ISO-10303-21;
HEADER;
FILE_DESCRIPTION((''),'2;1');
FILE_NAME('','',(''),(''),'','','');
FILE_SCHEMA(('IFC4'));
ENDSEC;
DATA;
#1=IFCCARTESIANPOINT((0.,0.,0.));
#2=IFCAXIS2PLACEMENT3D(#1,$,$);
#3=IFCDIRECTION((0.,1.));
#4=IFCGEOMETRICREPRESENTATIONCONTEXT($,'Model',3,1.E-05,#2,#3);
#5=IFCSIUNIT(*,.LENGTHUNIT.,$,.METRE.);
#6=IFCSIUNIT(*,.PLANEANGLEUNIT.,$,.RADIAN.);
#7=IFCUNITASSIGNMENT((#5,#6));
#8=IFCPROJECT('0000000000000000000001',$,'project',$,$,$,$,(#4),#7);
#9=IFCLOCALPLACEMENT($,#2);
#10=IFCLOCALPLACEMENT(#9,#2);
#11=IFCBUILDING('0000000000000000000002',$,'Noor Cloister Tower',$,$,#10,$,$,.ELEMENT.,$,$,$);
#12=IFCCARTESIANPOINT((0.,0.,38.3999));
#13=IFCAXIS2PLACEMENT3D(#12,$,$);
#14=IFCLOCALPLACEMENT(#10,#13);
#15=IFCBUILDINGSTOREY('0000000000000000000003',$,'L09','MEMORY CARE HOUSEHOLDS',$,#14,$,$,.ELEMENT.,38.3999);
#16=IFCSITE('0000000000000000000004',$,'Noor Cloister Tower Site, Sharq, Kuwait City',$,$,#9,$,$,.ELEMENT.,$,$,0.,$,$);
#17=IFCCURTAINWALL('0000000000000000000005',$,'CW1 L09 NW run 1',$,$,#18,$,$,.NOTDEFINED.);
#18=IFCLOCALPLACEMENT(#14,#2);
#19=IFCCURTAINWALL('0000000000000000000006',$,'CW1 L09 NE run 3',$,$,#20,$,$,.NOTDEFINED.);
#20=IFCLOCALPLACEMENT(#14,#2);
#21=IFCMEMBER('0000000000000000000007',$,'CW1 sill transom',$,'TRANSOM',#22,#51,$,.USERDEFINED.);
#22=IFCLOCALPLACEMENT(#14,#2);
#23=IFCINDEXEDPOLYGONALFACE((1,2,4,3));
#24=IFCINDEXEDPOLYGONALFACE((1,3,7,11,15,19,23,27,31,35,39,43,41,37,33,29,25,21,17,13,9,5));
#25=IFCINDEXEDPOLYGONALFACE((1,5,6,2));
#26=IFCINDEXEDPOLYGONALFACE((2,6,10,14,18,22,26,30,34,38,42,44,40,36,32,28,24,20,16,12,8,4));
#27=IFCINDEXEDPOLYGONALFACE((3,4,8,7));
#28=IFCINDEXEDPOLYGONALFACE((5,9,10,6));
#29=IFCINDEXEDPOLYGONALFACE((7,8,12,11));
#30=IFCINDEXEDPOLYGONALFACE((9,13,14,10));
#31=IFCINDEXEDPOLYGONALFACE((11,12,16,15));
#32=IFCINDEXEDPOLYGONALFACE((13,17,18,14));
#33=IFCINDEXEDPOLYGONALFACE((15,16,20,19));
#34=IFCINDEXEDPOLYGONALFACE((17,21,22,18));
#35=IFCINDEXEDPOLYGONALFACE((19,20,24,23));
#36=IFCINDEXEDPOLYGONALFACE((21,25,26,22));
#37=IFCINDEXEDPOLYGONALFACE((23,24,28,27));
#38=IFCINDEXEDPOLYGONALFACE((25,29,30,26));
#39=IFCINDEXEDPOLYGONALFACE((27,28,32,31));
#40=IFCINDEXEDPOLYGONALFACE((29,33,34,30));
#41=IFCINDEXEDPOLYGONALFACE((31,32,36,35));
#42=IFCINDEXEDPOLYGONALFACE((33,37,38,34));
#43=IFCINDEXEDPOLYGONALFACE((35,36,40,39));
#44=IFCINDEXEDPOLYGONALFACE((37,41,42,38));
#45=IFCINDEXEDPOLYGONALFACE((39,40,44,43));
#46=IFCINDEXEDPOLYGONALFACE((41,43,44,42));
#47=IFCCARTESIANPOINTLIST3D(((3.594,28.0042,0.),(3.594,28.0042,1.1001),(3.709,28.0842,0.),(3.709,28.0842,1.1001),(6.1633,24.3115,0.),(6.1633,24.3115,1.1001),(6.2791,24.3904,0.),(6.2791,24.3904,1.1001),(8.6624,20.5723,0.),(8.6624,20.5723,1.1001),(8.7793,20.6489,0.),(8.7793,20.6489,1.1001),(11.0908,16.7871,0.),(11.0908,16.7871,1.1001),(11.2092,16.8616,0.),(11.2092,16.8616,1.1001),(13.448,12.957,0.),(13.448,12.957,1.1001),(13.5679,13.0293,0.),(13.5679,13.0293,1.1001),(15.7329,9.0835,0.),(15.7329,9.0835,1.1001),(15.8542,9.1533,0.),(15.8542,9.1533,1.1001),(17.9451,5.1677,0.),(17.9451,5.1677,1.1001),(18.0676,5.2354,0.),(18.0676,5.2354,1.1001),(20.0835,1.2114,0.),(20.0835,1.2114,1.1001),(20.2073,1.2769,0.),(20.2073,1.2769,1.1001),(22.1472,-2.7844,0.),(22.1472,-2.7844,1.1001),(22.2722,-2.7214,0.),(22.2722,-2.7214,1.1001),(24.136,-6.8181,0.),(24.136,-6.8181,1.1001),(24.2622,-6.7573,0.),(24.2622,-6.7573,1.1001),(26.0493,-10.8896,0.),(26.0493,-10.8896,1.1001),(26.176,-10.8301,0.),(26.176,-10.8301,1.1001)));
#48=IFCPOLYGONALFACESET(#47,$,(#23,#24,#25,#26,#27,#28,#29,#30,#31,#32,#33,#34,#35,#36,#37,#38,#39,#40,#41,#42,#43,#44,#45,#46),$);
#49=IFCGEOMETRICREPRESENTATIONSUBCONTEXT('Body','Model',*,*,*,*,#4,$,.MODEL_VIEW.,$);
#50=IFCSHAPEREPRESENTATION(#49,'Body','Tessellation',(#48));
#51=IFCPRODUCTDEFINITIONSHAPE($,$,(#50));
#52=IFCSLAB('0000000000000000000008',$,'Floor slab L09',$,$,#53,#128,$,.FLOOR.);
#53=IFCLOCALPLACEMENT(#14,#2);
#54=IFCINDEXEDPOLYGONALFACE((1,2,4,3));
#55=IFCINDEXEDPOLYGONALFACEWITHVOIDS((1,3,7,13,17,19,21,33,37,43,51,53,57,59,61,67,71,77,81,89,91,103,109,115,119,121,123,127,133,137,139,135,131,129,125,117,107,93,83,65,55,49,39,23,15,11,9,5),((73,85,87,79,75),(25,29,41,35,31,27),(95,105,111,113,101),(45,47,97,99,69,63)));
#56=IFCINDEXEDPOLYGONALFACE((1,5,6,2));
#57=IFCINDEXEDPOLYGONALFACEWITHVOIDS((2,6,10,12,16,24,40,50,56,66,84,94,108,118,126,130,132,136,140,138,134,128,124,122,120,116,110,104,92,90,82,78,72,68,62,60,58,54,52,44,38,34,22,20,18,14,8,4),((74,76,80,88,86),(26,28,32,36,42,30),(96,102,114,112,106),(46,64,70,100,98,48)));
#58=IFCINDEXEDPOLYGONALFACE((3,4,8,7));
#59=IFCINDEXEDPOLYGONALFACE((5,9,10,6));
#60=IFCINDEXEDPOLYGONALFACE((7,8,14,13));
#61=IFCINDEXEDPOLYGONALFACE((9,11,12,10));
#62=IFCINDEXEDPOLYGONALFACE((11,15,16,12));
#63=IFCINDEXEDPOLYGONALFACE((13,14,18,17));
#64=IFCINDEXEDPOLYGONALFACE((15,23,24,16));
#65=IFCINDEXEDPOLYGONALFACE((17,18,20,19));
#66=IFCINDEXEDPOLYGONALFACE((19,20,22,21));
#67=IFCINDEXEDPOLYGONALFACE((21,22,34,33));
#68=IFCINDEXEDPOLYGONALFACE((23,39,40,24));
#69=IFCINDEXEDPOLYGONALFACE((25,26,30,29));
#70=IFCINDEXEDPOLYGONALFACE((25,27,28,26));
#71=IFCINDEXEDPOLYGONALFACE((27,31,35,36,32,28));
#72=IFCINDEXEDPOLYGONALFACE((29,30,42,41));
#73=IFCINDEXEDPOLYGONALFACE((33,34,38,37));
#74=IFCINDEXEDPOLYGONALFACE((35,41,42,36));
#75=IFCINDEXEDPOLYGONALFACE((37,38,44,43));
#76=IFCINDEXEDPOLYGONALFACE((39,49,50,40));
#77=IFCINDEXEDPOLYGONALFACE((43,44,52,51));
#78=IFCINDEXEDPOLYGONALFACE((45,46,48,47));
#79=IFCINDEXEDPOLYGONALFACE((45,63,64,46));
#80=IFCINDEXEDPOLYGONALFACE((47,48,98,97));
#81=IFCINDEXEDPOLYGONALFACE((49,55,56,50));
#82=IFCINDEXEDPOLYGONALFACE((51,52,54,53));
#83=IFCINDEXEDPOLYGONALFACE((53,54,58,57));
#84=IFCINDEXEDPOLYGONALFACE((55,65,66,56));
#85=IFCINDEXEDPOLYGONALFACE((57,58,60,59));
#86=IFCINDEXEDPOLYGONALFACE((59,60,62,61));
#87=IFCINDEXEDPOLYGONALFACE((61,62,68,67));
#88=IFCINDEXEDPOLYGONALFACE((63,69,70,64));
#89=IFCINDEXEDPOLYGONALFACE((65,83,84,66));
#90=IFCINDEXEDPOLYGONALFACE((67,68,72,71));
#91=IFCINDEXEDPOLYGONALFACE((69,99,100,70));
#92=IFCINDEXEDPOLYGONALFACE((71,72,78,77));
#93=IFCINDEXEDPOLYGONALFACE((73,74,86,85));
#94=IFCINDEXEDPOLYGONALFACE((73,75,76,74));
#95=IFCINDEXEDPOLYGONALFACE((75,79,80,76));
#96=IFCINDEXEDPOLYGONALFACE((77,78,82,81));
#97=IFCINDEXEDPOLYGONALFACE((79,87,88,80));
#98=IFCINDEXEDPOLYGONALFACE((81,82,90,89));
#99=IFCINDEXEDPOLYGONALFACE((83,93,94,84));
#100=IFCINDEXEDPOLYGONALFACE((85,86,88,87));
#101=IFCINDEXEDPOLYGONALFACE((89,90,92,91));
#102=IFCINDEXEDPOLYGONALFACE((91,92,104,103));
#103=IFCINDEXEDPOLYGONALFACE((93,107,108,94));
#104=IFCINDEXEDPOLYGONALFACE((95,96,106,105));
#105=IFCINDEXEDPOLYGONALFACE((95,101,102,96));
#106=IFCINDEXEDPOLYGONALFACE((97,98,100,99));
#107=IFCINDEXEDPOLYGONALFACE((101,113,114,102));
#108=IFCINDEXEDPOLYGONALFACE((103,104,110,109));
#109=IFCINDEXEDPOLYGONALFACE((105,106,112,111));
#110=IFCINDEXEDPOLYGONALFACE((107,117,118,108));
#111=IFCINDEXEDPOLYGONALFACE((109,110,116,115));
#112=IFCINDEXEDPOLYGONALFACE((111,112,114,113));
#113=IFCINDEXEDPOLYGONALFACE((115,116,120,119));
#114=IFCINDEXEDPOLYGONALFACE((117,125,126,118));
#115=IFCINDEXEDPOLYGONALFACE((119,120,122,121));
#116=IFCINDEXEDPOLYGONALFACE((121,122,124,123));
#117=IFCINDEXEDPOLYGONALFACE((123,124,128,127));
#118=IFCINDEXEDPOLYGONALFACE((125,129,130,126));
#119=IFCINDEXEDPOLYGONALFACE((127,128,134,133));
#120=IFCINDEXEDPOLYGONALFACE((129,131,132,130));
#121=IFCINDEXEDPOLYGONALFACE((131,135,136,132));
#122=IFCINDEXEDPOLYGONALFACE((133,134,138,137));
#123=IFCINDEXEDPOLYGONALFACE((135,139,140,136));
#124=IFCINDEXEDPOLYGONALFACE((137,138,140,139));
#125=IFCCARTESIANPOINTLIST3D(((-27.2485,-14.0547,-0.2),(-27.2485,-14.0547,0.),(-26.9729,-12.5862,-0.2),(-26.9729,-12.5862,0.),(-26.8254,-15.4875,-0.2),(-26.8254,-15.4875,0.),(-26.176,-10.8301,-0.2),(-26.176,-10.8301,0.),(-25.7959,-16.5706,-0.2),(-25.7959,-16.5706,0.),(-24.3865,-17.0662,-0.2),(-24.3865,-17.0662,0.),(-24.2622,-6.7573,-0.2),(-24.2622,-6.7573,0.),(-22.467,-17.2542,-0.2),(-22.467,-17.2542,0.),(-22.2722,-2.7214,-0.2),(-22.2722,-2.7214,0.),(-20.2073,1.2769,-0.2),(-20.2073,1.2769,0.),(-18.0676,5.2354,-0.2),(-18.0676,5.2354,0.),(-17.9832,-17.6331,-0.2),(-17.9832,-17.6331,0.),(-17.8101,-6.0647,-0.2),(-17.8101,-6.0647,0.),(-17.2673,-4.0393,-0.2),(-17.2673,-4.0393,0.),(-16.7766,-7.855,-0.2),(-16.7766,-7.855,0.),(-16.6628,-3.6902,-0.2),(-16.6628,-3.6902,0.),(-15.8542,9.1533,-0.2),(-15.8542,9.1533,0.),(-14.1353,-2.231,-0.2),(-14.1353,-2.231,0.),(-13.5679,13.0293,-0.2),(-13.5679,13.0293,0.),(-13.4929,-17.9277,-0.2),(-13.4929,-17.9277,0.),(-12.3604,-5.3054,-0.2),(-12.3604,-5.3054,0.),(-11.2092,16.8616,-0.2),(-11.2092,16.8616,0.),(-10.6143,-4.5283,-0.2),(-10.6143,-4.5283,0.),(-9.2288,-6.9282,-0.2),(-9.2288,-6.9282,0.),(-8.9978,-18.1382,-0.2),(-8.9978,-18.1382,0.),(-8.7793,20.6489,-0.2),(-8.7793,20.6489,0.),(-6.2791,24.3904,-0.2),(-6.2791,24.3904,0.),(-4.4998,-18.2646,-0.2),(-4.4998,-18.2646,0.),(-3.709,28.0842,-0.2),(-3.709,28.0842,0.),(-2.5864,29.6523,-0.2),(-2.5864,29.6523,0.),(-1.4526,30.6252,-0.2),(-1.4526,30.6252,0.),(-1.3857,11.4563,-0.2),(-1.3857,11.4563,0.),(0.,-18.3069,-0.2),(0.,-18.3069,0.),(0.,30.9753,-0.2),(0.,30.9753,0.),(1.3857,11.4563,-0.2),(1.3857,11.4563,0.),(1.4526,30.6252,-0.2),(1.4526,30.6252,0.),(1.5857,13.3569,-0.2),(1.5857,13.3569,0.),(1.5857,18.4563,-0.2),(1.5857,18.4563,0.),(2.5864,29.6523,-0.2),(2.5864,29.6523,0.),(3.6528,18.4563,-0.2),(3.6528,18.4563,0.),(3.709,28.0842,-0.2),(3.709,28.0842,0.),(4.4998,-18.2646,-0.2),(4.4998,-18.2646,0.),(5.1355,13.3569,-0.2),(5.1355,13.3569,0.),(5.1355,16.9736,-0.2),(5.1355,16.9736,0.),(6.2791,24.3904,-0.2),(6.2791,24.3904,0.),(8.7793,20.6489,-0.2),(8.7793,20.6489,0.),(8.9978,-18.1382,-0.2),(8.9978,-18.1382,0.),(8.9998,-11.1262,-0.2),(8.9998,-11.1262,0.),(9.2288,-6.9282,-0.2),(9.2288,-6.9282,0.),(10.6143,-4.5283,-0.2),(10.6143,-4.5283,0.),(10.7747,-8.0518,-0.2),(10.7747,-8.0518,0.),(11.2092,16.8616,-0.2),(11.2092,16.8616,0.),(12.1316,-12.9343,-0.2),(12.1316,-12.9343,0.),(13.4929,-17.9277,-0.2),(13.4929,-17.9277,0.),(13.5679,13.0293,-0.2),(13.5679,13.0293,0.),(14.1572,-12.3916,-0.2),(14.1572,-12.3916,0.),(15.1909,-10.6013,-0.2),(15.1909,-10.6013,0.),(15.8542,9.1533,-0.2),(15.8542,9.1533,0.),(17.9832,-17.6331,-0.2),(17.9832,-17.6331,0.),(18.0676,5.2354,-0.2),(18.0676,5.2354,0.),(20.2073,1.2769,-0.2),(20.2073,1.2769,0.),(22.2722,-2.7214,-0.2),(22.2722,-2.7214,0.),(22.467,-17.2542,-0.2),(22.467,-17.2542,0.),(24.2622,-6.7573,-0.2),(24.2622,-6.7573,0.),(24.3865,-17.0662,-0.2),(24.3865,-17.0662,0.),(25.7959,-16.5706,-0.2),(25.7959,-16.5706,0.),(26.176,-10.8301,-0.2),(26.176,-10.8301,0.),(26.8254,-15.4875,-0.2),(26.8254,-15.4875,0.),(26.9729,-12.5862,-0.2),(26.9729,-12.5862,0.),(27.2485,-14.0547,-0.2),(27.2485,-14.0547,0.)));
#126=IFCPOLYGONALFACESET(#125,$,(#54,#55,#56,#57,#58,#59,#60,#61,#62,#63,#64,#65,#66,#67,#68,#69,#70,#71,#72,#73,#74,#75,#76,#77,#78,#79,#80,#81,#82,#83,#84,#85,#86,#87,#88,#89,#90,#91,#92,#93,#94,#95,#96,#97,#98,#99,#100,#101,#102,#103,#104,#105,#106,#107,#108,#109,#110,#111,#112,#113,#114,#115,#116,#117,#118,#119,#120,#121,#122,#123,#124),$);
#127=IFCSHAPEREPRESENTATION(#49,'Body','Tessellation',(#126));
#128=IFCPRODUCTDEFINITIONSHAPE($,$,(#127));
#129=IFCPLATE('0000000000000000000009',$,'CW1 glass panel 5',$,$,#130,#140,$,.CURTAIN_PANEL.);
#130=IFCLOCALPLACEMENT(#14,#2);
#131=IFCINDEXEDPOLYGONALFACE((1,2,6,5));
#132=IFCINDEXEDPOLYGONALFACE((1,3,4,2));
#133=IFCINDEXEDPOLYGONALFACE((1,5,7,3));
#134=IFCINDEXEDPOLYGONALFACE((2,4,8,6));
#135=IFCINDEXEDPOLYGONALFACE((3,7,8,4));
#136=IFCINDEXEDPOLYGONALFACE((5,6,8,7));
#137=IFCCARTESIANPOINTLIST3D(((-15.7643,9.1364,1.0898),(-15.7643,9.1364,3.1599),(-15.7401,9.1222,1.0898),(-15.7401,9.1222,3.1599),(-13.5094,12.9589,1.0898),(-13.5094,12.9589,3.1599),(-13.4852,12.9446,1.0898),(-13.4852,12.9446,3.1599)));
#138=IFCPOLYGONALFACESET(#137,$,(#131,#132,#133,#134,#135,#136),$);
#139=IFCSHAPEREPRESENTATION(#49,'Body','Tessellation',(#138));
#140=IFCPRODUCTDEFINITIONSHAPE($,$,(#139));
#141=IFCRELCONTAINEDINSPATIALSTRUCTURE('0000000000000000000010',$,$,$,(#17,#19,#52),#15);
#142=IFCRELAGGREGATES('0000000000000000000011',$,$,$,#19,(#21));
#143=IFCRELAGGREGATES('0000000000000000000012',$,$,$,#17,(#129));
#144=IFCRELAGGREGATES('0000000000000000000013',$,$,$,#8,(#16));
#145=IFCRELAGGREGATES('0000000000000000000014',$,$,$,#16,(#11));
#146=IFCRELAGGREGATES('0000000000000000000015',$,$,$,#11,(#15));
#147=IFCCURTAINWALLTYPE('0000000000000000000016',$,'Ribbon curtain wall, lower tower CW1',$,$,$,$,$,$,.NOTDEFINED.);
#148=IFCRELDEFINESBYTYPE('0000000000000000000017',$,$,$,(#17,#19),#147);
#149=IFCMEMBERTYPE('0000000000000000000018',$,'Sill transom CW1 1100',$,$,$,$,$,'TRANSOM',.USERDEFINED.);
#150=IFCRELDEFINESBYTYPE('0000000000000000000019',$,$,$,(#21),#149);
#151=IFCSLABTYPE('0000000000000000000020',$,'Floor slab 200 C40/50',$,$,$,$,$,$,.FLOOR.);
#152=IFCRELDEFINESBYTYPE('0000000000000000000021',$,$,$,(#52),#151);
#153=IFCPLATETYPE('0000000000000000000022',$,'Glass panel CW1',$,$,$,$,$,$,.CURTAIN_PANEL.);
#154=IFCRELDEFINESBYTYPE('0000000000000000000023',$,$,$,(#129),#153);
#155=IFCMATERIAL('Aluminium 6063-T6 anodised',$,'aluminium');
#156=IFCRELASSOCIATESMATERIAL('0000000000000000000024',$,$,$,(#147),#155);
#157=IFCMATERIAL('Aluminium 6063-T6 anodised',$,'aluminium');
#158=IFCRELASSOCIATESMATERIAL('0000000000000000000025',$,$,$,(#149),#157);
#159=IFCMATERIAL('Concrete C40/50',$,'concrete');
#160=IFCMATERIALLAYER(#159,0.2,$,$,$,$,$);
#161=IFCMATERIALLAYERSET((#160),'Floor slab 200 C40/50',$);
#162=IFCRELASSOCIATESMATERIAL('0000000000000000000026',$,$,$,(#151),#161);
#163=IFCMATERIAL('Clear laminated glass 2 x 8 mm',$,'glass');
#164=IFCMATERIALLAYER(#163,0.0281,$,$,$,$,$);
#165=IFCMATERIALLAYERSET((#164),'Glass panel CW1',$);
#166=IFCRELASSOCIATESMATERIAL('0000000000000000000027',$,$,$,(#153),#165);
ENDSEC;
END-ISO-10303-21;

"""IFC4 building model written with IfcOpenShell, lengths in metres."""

from ifc_helpers import new_model, si_unit, direction, frame, origin, origin_2d, place, context, subcontext, project, spatial, polyline, rectangle, outline, extrude, material, layer, layer_set, type_object, element, aggregate, save


model = new_model("IFC4")

# Units and contexts
model_context = context("Model", 3, precision=1e-05, world=origin(), true_north=direction((0.0, 1.0)))
body_context = subcontext(model_context, "Body", "Model", "MODEL_VIEW")
ifc_project = project(units=[si_unit("LENGTHUNIT", "METRE"), si_unit("PLANEANGLEUNIT", "RADIAN")], contexts=[model_context])

# Site, building, storey
site_placement = place(None, origin())
site = spatial("IfcSite", under=ifc_project, at=site_placement, Name="Noor Cloister Tower Site, Sharq, Kuwait City", CompositionType="ELEMENT", RefElevation=0.0)
building_placement = place(site_placement, origin())
building = spatial("IfcBuilding", under=site, at=building_placement, Name="Noor Cloister Tower", CompositionType="ELEMENT")
storey_placement = place(building_placement, frame((0.0, 0.0, 38.3999)))
storey = spatial("IfcBuildingStorey", under=building, at=storey_placement, Name="L09", Description="MEMORY CARE HOUSEHOLDS", CompositionType="ELEMENT", Elevation=38.3999)

# Curtain walls
ifc_material_1 = material(Name="Aluminium 6063-T6 anodised", Category="aluminium")
curtain_wall_type = type_object("IfcCurtainWallType", Name="Ribbon curtain wall, lower tower CW1", PredefinedType="NOTDEFINED", material=ifc_material_1)
curtain_wall_1_placement = place(storey_placement, origin())
curtain_wall_1 = element("IfcCurtainWall", 1, at=curtain_wall_1_placement, inside=storey, type_object=curtain_wall_type, Name="CW1 L09 NW run 1", PredefinedType="NOTDEFINED")
curtain_wall_2_placement = place(storey_placement, origin())
curtain_wall_2 = element("IfcCurtainWall", 2, at=curtain_wall_2_placement, inside=storey, type_object=curtain_wall_type, Name="CW1 L09 NE run 3", PredefinedType="NOTDEFINED")

# Member
ifc_material_2 = material(Name="Aluminium 6063-T6 anodised", Category="aluminium")
member_type_1 = type_object("IfcMemberType", Name="Sill transom CW1 1100", ElementType="TRANSOM", PredefinedType="USERDEFINED", material=ifc_material_2)
member_1_placement = place(storey_placement, origin())
member_1 = element("IfcMember", 3, at=member_1_placement, type_object=member_type_1, Name="CW1 sill transom", ObjectType="TRANSOM", PredefinedType="USERDEFINED", context=body_context, shape_type="SweptSolid", body=[
    extrude(outline(polyline([(26.176, -10.8301), (24.2622, -6.7573), (22.2722, -2.7214), (20.2073, 1.2769), (18.0676, 5.2354), (15.8542, 9.1533), (13.5679, 13.0293), (11.2092, 16.8616), (8.7793, 20.6489), (6.2791, 24.3904), (3.709, 28.0842), (3.594, 28.0042), (6.1633, 24.3115), (8.6624, 20.5723), (11.0908, 16.7871), (13.448, 12.957), (15.7329, 9.0835), (17.9451, 5.1677), (20.0835, 1.2114), (22.1472, -2.7844), (24.136, -6.8181), (26.0493, -10.8896), (26.176, -10.8301)])), origin(), (0.0, 0.0, 1.0), 1.1001),
])
aggregate(curtain_wall_2, [member_1])

# Slab
ifc_material_3 = material(Name="Concrete C40/50", Category="concrete")
ifc_layer_1 = layer(ifc_material_3, 0.2)
ifc_layer_set_1 = layer_set([ifc_layer_1], Name="Floor slab 200 C40/50")
slab_type = type_object("IfcSlabType", Name="Floor slab 200 C40/50", PredefinedType="FLOOR", material=ifc_layer_set_1)
slab_placement = place(storey_placement, frame((0.0, 0.0, -0.2)))
element("IfcSlab", 4, at=slab_placement, inside=storey, type_object=slab_type, Name="Floor slab L09", PredefinedType="FLOOR", context=body_context, shape_type="SweptSolid", body=[
    extrude(outline(polyline([(2.5864, 29.6523), (1.4526, 30.6252), (0.0, 30.9753), (-1.4526, 30.6252), (-2.5864, 29.6523), (-3.709, 28.0842), (-6.2791, 24.3904), (-8.7793, 20.6489), (-11.2092, 16.8616), (-13.5679, 13.0293), (-15.8542, 9.1533), (-18.0676, 5.2354), (-20.2073, 1.2769), (-22.2722, -2.7214), (-24.2622, -6.7573), (-26.176, -10.8301), (-26.9729, -12.5862), (-27.2485, -14.0547), (-26.8254, -15.4875), (-25.7959, -16.5706), (-24.3865, -17.0662), (-22.467, -17.2542), (-17.9832, -17.6331), (-13.4929, -17.9277), (-8.9978, -18.1382), (-4.4998, -18.2646), (0.0, -18.3069), (4.4998, -18.2646), (8.9978, -18.1382), (13.4929, -17.9277), (17.9832, -17.6331), (22.467, -17.2542), (24.3865, -17.0662), (25.7959, -16.5706), (26.8254, -15.4875), (27.2485, -14.0547), (26.9729, -12.5862), (26.176, -10.8301), (24.2622, -6.7573), (22.2722, -2.7214), (20.2073, 1.2769), (18.0676, 5.2354), (15.8542, 9.1533), (13.5679, 13.0293), (11.2092, 16.8616), (8.7793, 20.6489), (6.2791, 24.3904), (3.709, 28.0842), (2.5864, 29.6523)]), holes=[polyline([(8.9998, -11.1262), (12.1316, -12.9343), (14.1572, -12.3916), (15.1909, -10.6013), (10.7747, -8.0518), (8.9998, -11.1262)]), polyline([(-17.8101, -6.0647), (-16.7766, -7.855), (-12.3604, -5.3054), (-14.1353, -2.231), (-16.6628, -3.6902), (-17.2673, -4.0393), (-17.8101, -6.0647)]), polyline([(-10.6143, -4.5283), (-9.2288, -6.9282), (9.2288, -6.9282), (10.6143, -4.5283), (1.3857, 11.4563), (-1.3857, 11.4563), (-10.6143, -4.5283)]), polyline([(3.6528, 18.4563), (1.5857, 18.4563), (1.5857, 13.3569), (5.1355, 13.3569), (5.1355, 16.9736), (3.6528, 18.4563)])]), origin(), (0.0, 0.0, 1.0), 0.2),
])

# Plate
ifc_material_4 = material(Name="Clear laminated glass 2 x 8 mm", Category="glass")
ifc_layer_2 = layer(ifc_material_4, 0.0281)
ifc_layer_set_2 = layer_set([ifc_layer_2], Name="Glass panel CW1")
plate_type = type_object("IfcPlateType", Name="Glass panel CW1", PredefinedType="CURTAIN_PANEL", material=ifc_layer_set_2)
plate_placement = place(storey_placement, frame((-14.6248, 11.0405, 1.0898), z_axis=(0.0, 0.0, 1.0), x_axis=(-0.508087, -0.861306, 0.0)))
plate = element("IfcPlate", 5, at=plate_placement, type_object=plate_type, Name="CW1 glass panel 5", PredefinedType="CURTAIN_PANEL", context=body_context, shape_type="SweptSolid", body=[
    extrude(rectangle(XDim=4.438, YDim=0.0281, at=origin_2d()), origin(), (0.0, 0.0, 1.0), 2.0701),
])
aggregate(curtain_wall_1, [plate])

save(model, "model.ifc")
